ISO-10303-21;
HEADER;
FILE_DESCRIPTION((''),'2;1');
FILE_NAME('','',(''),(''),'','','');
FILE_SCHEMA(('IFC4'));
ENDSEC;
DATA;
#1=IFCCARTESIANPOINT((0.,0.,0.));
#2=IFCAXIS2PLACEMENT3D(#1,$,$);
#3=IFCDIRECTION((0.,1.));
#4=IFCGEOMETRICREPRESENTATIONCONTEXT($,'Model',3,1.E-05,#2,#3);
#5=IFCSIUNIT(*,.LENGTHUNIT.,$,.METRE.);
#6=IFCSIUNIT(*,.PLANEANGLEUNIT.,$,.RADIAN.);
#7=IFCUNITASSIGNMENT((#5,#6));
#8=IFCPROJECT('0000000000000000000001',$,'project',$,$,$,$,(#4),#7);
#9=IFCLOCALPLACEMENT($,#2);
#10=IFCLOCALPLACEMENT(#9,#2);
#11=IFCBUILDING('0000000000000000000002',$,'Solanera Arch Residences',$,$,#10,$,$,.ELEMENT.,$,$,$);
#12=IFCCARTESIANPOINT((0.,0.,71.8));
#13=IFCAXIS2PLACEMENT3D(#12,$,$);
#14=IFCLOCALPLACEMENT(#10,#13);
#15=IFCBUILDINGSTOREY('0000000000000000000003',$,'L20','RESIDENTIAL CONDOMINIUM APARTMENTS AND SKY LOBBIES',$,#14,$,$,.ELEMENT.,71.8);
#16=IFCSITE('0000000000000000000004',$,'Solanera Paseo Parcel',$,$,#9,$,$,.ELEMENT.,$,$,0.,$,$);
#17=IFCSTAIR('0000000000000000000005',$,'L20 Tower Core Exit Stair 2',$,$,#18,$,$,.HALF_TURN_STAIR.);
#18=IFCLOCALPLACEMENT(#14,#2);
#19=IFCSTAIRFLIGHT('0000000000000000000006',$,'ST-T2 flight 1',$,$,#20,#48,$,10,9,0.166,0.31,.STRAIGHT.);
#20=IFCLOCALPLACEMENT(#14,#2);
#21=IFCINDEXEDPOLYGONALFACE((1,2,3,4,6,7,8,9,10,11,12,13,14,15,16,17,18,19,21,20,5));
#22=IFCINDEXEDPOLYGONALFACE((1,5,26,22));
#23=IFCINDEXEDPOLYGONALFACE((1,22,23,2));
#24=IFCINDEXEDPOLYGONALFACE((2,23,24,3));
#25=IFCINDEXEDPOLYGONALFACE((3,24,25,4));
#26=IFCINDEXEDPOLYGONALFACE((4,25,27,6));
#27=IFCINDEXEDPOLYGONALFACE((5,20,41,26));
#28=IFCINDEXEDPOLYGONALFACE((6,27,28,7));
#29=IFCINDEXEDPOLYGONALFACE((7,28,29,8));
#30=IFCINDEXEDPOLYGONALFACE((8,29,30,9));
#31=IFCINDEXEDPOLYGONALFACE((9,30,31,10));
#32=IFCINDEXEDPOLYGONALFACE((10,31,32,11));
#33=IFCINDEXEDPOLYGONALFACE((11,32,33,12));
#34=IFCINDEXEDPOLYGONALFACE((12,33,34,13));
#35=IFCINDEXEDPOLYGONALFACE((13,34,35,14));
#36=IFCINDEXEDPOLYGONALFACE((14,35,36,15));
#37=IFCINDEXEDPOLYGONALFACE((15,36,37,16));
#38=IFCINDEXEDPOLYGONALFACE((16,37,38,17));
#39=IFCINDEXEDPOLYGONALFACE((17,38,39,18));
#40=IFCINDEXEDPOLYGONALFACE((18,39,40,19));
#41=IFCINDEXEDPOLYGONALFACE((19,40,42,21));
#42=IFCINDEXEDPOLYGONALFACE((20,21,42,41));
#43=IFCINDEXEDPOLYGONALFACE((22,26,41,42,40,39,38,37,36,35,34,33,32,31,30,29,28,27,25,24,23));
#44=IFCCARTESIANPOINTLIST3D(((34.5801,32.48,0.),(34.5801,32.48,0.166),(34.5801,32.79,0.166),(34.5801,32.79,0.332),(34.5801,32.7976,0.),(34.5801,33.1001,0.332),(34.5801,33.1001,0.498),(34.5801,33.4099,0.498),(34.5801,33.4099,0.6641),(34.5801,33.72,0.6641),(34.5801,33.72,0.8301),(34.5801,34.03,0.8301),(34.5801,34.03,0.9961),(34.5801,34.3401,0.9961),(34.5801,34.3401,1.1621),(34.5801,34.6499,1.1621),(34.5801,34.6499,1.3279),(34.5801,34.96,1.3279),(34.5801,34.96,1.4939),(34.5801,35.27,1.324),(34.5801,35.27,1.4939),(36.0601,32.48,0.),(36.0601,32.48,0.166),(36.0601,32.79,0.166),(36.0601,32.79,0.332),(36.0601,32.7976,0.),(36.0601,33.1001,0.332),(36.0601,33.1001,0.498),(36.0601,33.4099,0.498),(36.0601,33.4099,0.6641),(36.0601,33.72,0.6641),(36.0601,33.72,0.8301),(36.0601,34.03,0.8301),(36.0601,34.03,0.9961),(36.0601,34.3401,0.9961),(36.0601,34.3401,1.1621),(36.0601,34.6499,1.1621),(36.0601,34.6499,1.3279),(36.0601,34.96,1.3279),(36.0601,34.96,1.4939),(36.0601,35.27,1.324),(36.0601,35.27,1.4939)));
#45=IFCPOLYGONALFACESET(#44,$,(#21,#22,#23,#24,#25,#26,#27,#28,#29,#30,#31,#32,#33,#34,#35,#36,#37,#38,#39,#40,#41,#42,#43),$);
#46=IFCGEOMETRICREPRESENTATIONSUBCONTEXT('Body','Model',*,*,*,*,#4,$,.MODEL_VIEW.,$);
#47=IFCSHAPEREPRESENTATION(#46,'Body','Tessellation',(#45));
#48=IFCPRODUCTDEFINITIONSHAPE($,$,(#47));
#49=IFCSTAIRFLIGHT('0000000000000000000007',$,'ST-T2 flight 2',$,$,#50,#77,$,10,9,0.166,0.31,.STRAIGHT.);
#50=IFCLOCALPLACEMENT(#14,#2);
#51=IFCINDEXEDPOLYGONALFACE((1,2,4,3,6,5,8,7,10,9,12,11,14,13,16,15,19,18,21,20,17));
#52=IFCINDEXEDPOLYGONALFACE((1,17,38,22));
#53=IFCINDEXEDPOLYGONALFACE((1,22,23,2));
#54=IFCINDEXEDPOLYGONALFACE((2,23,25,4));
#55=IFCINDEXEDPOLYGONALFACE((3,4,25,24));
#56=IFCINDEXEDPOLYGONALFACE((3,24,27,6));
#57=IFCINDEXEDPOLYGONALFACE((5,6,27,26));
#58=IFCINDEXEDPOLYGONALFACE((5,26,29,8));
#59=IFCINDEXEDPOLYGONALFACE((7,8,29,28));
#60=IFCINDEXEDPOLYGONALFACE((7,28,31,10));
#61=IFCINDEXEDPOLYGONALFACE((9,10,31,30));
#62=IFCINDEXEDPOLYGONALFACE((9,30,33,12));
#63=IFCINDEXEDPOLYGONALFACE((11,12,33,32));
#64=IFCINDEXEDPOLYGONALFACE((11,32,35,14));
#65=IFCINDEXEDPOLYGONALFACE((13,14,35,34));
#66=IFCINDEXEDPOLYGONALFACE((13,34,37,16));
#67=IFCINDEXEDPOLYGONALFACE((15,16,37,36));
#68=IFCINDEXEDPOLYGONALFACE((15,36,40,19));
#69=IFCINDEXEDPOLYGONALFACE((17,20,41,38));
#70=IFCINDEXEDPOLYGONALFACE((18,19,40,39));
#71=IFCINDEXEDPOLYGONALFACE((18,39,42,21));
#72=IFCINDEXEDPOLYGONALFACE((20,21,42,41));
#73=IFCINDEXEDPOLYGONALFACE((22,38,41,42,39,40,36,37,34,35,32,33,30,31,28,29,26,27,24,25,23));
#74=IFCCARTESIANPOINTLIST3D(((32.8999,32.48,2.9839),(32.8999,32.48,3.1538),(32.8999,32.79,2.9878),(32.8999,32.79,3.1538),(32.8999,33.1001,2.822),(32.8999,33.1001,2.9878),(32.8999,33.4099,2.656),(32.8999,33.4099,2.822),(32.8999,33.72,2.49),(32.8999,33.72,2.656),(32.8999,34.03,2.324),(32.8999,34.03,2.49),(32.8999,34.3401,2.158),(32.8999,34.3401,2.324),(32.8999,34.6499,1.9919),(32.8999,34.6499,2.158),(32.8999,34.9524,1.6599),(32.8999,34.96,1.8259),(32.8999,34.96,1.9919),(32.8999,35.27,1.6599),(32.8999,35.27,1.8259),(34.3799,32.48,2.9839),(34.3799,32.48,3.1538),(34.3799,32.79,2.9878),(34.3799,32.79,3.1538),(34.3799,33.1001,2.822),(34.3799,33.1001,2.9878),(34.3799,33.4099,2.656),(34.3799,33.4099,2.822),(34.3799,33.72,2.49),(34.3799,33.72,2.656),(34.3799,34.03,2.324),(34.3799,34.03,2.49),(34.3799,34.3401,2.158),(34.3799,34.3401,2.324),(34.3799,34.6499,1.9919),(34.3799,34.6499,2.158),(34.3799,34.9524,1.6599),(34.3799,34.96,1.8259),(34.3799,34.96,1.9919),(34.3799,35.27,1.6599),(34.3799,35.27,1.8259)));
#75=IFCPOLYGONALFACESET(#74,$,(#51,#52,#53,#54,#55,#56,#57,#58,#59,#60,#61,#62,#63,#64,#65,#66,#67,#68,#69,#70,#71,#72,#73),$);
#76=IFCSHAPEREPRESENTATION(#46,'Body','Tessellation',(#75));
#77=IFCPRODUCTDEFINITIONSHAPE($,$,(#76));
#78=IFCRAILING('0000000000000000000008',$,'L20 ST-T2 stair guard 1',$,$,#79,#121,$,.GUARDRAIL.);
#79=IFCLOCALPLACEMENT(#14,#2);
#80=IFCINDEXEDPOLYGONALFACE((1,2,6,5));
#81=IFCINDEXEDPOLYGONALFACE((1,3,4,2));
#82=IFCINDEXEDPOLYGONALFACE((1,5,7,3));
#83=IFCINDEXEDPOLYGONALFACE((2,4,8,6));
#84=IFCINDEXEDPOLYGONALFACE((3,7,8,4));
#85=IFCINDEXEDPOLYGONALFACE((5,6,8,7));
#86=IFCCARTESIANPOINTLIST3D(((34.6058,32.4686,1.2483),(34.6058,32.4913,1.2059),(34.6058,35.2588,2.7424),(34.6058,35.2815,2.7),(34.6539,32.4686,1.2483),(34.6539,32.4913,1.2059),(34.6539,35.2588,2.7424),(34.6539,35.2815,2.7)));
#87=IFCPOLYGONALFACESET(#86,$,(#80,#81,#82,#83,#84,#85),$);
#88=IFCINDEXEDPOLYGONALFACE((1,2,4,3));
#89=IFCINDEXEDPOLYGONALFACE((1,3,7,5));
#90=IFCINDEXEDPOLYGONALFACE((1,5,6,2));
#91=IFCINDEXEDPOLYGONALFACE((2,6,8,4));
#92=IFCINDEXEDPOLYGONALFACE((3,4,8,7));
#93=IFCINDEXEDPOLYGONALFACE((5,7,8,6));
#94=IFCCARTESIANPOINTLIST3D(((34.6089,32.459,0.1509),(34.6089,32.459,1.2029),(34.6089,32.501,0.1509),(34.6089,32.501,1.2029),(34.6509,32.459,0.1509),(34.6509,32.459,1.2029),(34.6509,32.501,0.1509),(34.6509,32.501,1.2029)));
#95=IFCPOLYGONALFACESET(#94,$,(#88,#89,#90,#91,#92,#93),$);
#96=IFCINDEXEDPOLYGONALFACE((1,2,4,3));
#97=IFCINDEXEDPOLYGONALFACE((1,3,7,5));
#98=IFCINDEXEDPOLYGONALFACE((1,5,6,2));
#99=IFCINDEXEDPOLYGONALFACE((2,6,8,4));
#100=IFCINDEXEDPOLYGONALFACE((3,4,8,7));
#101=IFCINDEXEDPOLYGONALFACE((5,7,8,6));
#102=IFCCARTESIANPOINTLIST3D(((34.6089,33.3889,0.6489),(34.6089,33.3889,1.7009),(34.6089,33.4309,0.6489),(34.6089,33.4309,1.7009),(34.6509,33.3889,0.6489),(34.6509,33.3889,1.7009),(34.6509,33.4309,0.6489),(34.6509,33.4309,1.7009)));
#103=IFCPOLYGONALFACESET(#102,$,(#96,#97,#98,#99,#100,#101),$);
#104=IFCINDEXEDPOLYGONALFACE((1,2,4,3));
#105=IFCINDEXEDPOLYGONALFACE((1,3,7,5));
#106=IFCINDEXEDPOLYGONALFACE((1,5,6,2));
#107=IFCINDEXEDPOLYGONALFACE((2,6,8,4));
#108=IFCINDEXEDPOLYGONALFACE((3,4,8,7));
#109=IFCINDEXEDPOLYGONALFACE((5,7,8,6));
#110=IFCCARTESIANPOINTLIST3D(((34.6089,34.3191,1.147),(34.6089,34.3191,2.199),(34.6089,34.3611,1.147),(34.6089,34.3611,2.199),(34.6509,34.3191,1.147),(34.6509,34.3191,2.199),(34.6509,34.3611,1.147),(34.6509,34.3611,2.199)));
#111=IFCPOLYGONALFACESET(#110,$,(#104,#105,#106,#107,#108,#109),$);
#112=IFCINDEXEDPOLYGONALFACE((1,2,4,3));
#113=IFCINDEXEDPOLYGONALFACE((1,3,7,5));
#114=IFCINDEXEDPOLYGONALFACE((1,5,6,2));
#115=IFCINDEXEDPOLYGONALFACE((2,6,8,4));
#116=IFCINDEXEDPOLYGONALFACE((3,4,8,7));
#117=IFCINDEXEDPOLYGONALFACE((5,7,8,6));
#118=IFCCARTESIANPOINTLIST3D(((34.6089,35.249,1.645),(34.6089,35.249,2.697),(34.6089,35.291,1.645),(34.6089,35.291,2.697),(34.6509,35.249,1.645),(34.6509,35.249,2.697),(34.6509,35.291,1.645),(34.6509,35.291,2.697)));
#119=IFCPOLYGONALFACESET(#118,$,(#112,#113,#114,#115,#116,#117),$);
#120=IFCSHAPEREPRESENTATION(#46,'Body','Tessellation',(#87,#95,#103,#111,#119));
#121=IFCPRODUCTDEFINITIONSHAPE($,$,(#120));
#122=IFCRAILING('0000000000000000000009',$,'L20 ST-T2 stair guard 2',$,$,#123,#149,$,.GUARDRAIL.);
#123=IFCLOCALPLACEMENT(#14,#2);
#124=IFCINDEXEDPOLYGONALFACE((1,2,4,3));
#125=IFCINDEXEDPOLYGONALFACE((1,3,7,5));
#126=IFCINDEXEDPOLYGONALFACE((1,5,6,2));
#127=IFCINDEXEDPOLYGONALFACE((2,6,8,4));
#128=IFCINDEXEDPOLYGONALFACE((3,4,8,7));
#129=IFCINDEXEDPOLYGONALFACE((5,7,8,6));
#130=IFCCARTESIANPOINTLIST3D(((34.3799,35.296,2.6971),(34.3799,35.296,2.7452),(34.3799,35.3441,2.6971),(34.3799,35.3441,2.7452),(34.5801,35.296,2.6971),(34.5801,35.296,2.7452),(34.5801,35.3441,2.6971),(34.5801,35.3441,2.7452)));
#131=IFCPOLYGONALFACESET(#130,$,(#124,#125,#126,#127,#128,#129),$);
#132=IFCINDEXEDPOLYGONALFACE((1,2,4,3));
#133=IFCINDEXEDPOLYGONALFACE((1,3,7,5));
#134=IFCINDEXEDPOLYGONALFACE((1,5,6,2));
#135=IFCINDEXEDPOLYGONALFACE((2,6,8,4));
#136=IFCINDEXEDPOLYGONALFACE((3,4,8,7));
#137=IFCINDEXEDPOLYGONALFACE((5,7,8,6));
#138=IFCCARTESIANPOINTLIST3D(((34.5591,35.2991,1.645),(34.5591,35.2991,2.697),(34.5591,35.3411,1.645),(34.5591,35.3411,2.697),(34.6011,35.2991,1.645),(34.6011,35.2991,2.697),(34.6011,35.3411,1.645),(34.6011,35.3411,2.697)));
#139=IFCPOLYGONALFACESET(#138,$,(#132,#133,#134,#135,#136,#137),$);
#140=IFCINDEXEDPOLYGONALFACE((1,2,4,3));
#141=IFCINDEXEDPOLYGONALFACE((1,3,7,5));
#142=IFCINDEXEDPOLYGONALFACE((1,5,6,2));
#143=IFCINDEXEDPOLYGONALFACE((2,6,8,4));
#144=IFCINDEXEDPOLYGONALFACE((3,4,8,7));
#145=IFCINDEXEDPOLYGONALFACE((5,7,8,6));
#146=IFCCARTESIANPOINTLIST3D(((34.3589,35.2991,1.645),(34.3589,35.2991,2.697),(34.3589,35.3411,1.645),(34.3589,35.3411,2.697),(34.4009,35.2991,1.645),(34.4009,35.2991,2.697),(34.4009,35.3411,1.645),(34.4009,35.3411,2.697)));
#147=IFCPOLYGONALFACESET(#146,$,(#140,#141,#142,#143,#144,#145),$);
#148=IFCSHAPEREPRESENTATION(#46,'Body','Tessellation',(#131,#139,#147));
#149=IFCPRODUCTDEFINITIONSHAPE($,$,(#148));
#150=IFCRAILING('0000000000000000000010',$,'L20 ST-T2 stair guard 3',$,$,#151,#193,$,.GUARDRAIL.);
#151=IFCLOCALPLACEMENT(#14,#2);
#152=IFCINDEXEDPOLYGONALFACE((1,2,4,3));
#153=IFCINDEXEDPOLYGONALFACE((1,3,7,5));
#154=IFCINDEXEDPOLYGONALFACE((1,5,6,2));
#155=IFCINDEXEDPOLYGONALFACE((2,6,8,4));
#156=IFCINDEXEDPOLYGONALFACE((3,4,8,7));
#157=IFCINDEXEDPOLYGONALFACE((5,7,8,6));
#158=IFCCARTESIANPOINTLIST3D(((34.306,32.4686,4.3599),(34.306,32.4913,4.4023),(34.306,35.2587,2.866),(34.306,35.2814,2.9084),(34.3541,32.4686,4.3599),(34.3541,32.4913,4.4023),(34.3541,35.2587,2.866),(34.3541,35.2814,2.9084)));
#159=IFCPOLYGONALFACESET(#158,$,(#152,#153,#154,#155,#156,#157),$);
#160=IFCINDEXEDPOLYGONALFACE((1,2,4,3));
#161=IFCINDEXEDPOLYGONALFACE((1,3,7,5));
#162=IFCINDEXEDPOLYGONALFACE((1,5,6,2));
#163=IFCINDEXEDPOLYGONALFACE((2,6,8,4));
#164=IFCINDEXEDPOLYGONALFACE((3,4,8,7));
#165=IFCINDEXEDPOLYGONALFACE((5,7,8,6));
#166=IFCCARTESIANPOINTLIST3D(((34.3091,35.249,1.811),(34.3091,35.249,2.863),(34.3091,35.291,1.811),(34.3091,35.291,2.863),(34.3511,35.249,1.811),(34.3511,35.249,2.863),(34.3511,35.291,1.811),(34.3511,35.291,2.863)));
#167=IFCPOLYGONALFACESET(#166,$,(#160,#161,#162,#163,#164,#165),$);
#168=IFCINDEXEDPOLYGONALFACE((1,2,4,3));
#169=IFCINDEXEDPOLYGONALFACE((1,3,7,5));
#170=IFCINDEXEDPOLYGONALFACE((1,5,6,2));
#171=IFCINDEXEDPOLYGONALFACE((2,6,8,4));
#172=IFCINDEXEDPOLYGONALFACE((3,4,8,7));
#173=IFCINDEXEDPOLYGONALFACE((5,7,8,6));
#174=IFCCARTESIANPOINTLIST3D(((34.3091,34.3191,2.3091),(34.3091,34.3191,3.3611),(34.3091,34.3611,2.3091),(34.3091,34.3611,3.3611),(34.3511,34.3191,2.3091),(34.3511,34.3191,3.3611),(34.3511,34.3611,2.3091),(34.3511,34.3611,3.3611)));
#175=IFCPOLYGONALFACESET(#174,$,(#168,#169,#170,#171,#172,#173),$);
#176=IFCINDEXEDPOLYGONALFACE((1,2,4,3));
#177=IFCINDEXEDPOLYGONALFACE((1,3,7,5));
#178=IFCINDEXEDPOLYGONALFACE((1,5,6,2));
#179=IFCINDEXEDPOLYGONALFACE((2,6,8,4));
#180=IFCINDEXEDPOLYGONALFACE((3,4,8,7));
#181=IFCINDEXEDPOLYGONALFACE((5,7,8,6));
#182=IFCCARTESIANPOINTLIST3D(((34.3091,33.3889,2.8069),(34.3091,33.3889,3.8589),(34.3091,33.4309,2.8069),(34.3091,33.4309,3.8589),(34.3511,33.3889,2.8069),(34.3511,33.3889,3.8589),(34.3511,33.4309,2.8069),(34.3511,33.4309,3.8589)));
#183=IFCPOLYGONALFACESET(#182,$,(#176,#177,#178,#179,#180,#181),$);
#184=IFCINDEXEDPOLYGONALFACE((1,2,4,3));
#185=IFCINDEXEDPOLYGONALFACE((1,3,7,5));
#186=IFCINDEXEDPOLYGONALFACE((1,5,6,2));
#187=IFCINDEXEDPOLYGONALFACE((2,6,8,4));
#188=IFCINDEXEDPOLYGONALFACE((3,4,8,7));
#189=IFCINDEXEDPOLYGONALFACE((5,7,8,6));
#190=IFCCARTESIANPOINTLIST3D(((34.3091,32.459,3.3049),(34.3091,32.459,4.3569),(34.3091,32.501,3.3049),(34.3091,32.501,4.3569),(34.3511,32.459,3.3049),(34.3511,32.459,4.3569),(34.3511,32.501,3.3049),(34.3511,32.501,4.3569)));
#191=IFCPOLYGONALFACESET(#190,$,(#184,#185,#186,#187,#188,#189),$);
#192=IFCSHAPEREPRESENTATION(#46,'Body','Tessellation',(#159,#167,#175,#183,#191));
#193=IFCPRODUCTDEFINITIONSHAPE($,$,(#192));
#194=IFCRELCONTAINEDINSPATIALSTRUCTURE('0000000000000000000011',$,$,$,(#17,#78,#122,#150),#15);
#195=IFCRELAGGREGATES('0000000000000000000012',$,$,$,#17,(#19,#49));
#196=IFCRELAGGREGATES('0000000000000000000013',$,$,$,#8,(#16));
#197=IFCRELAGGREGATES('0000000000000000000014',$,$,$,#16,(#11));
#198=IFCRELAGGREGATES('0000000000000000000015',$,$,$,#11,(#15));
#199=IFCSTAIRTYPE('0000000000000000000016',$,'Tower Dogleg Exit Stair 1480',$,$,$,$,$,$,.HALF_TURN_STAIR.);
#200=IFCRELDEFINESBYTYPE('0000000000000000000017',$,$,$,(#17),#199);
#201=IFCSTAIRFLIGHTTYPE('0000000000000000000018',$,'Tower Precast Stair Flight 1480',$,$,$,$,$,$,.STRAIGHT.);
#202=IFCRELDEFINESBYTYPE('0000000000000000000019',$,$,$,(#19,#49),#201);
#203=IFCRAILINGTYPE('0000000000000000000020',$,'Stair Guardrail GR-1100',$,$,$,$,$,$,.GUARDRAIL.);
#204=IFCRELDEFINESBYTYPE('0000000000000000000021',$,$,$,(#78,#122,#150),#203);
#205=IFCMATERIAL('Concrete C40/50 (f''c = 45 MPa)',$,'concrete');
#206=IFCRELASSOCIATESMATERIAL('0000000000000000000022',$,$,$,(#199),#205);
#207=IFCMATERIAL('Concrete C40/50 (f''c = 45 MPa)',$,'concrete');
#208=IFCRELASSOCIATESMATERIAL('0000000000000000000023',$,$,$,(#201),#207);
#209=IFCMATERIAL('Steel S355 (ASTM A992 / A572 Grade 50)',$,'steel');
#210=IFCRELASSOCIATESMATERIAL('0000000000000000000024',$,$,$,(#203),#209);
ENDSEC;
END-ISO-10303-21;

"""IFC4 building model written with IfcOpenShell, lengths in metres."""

from ifc_helpers import new_model, si_unit, direction, frame, origin, origin_2d, place, context, subcontext, project, spatial, polyline, rectangle, outline, extrude, material, type_object, element, aggregate, save


model = new_model("IFC4")

# Units and contexts
model_context = context("Model", 3, precision=1e-05, world=origin(), true_north=direction((0.0, 1.0)))
body_context = subcontext(model_context, "Body", "Model", "MODEL_VIEW")
ifc_project = project(units=[si_unit("LENGTHUNIT", "METRE"), si_unit("PLANEANGLEUNIT", "RADIAN")], contexts=[model_context])

# Site, building, storey
site_placement = place(None, origin())
site = spatial("IfcSite", under=ifc_project, at=site_placement, Name="Solanera Paseo Parcel", CompositionType="ELEMENT", RefElevation=0.0)
building_placement = place(site_placement, origin())
building = spatial("IfcBuilding", under=site, at=building_placement, Name="Solanera Arch Residences", CompositionType="ELEMENT")
storey_placement = place(building_placement, frame((0.0, 0.0, 71.8)))
storey = spatial("IfcBuildingStorey", under=building, at=storey_placement, Name="L20", Description="RESIDENTIAL CONDOMINIUM APARTMENTS AND SKY LOBBIES", CompositionType="ELEMENT", Elevation=71.8)

# Stair, stair flights
ifc_material_1 = material(Name="Concrete C40/50 (f'c = 45 MPa)", Category="concrete")
stair_type = type_object("IfcStairType", Name="Tower Dogleg Exit Stair 1480", PredefinedType="HALF_TURN_STAIR", material=ifc_material_1)
stair_placement = place(storey_placement, origin())
stair = element("IfcStair", 1, at=stair_placement, inside=storey, type_object=stair_type, Name="L20 Tower Core Exit Stair 2", PredefinedType="HALF_TURN_STAIR")
ifc_material_2 = material(Name="Concrete C40/50 (f'c = 45 MPa)", Category="concrete")
stair_flight_type = type_object("IfcStairFlightType", Name="Tower Precast Stair Flight 1480", PredefinedType="STRAIGHT", material=ifc_material_2)
stair_flight_1_placement = place(storey_placement, frame((35.3201, 32.48, 0.0), z_axis=(0.0, 0.0, 1.0), x_axis=(0.0, 1.0, 0.0)))
stair_flight_1 = element("IfcStairFlight", 2, at=stair_flight_1_placement, type_object=stair_flight_type, Name="ST-T2 flight 1", NumberOfRisers=10, NumberOfTreads=9, PredefinedType="STRAIGHT", RiserHeight=0.166, TreadLength=0.31, context=body_context, shape_type="SweptSolid", body=[
    extrude(outline(polyline([(0.0, 0.0), (0.0, 0.166), (0.3101, 0.166), (0.3101, 0.332), (0.6201, 0.332), (0.6201, 0.498), (0.9299, 0.498), (0.9299, 0.6641), (1.24, 0.6641), (1.24, 0.8301), (1.55, 0.8301), (1.55, 0.9961), (1.8601, 0.9961), (1.8601, 1.1621), (2.1699, 1.1621), (2.1699, 1.3279), (2.48, 1.3279), (2.48, 1.4939), (2.79, 1.4939), (2.79, 1.6599), (2.79, 1.324), (0.3176, 0.0), (0.0, 0.0)])), frame((0.0, 0.74, 0.0), z_axis=(0.0, -1.0, 0.0), x_axis=(1.0, 0.0, 0.0)), (0.0, 0.0, 1.0), 1.48),
])
stair_flight_2_placement = place(storey_placement, frame((33.6399, 35.27, 1.6599), z_axis=(0.0, 0.0, 1.0), x_axis=(0.0, -1.0, 0.0)))
stair_flight_2 = element("IfcStairFlight", 3, at=stair_flight_2_placement, type_object=stair_flight_type, Name="ST-T2 flight 2", NumberOfRisers=10, NumberOfTreads=9, PredefinedType="STRAIGHT", RiserHeight=0.166, TreadLength=0.31, context=body_context, shape_type="SweptSolid", body=[
    extrude(outline(polyline([(0.0, 0.0), (0.0, 0.166), (0.3101, 0.166), (0.3101, 0.332), (0.6201, 0.332), (0.6201, 0.498), (0.9299, 0.498), (0.9299, 0.6641), (1.24, 0.6641), (1.24, 0.8301), (1.55, 0.8301), (1.55, 0.9961), (1.8601, 0.9961), (1.8601, 1.1621), (2.1699, 1.1621), (2.1699, 1.3279), (2.48, 1.3279), (2.48, 1.4939), (2.79, 1.4939), (2.79, 1.6599), (2.79, 1.324), (0.3176, 0.0), (0.0, 0.0)])), frame((0.0, 0.74, 0.0), z_axis=(0.0, -1.0, 0.0), x_axis=(1.0, 0.0, 0.0)), (0.0, 0.0, 1.0), 1.48),
])
aggregate(stair, [stair_flight_1, stair_flight_2])

# Railings
ifc_material_3 = material(Name="Steel S355 (ASTM A992 / A572 Grade 50)", Category="steel")
railing_type_1 = type_object("IfcRailingType", Name="Stair Guardrail GR-1100", PredefinedType="GUARDRAIL", material=ifc_material_3)
railing_1_placement = place(storey_placement, frame((34.6299, 32.48, 0.1509)))
element("IfcRailing", 4, at=railing_1_placement, inside=storey, type_object=railing_type_1, Name="L20 ST-T2 stair guard 1", PredefinedType="GUARDRAIL", context=body_context, shape_type="SweptSolid", body=[
    extrude(rectangle(XDim=0.0481, YDim=0.0481, at=origin_2d()), frame((0.0, 0.0, 1.0762), z_axis=(0.0, 0.881549, 0.472093), x_axis=(-1.0, 0.0, 0.0)), (0.0, 0.0, 1.0), 3.165),
    extrude(rectangle(XDim=0.042, YDim=0.042, at=origin_2d()), origin(), (0.0, 0.0, 1.0), 1.052),
    extrude(rectangle(XDim=0.042, YDim=0.042, at=origin_2d()), frame((0.0, 0.9299, 0.498)), (0.0, 0.0, 1.0), 1.052),
    extrude(rectangle(XDim=0.042, YDim=0.042, at=origin_2d()), frame((0.0, 1.8601, 0.9961)), (0.0, 0.0, 1.0), 1.052),
    extrude(rectangle(XDim=0.042, YDim=0.042, at=origin_2d()), frame((0.0, 2.79, 1.4941)), (0.0, 0.0, 1.0), 1.052),
])
railing_2_placement = place(storey_placement, frame((34.5801, 35.3201, 1.645)))
element("IfcRailing", 5, at=railing_2_placement, inside=storey, type_object=railing_type_1, Name="L20 ST-T2 stair guard 2", PredefinedType="GUARDRAIL", context=body_context, shape_type="SweptSolid", body=[
    extrude(rectangle(XDim=0.0481, YDim=0.0481, at=origin_2d()), frame((0.0, 0.0, 1.0762), z_axis=(-1.0, 0.0, 0.0), x_axis=(0.0, -1.0, 0.0)), (0.0, 0.0, 1.0), 0.2002),
    extrude(rectangle(XDim=0.042, YDim=0.042, at=origin_2d()), origin(), (0.0, 0.0, 1.0), 1.052),
    extrude(rectangle(XDim=0.042, YDim=0.042, at=origin_2d()), frame((-0.2002, 0.0, 0.0)), (0.0, 0.0, 1.0), 1.052),
])
railing_3_placement = place(storey_placement, frame((34.3301, 35.27, 1.811)))
element("IfcRailing", 6, at=railing_3_placement, inside=storey, type_object=railing_type_1, Name="L20 ST-T2 stair guard 3", PredefinedType="GUARDRAIL", context=body_context, shape_type="SweptSolid", body=[
    extrude(rectangle(XDim=0.0481, YDim=0.0481, at=origin_2d()), frame((0.0, 0.0, 1.0762), z_axis=(0.0, -0.881581, 0.472033), x_axis=(1.0, 0.0, 0.0)), (0.0, 0.0, 1.0), 3.1648),
    extrude(rectangle(XDim=0.042, YDim=0.042, at=origin_2d()), origin(), (0.0, 0.0, 1.0), 1.052),
    extrude(rectangle(XDim=0.042, YDim=0.042, at=origin_2d()), frame((0.0, -0.9299, 0.498)), (0.0, 0.0, 1.0), 1.052),
    extrude(rectangle(XDim=0.042, YDim=0.042, at=origin_2d()), frame((0.0, -1.8601, 0.9958)), (0.0, 0.0, 1.0), 1.052),
    extrude(rectangle(XDim=0.042, YDim=0.042, at=origin_2d()), frame((0.0, -2.79, 1.4939)), (0.0, 0.0, 1.0), 1.052),
])

save(model, "model.ifc")
